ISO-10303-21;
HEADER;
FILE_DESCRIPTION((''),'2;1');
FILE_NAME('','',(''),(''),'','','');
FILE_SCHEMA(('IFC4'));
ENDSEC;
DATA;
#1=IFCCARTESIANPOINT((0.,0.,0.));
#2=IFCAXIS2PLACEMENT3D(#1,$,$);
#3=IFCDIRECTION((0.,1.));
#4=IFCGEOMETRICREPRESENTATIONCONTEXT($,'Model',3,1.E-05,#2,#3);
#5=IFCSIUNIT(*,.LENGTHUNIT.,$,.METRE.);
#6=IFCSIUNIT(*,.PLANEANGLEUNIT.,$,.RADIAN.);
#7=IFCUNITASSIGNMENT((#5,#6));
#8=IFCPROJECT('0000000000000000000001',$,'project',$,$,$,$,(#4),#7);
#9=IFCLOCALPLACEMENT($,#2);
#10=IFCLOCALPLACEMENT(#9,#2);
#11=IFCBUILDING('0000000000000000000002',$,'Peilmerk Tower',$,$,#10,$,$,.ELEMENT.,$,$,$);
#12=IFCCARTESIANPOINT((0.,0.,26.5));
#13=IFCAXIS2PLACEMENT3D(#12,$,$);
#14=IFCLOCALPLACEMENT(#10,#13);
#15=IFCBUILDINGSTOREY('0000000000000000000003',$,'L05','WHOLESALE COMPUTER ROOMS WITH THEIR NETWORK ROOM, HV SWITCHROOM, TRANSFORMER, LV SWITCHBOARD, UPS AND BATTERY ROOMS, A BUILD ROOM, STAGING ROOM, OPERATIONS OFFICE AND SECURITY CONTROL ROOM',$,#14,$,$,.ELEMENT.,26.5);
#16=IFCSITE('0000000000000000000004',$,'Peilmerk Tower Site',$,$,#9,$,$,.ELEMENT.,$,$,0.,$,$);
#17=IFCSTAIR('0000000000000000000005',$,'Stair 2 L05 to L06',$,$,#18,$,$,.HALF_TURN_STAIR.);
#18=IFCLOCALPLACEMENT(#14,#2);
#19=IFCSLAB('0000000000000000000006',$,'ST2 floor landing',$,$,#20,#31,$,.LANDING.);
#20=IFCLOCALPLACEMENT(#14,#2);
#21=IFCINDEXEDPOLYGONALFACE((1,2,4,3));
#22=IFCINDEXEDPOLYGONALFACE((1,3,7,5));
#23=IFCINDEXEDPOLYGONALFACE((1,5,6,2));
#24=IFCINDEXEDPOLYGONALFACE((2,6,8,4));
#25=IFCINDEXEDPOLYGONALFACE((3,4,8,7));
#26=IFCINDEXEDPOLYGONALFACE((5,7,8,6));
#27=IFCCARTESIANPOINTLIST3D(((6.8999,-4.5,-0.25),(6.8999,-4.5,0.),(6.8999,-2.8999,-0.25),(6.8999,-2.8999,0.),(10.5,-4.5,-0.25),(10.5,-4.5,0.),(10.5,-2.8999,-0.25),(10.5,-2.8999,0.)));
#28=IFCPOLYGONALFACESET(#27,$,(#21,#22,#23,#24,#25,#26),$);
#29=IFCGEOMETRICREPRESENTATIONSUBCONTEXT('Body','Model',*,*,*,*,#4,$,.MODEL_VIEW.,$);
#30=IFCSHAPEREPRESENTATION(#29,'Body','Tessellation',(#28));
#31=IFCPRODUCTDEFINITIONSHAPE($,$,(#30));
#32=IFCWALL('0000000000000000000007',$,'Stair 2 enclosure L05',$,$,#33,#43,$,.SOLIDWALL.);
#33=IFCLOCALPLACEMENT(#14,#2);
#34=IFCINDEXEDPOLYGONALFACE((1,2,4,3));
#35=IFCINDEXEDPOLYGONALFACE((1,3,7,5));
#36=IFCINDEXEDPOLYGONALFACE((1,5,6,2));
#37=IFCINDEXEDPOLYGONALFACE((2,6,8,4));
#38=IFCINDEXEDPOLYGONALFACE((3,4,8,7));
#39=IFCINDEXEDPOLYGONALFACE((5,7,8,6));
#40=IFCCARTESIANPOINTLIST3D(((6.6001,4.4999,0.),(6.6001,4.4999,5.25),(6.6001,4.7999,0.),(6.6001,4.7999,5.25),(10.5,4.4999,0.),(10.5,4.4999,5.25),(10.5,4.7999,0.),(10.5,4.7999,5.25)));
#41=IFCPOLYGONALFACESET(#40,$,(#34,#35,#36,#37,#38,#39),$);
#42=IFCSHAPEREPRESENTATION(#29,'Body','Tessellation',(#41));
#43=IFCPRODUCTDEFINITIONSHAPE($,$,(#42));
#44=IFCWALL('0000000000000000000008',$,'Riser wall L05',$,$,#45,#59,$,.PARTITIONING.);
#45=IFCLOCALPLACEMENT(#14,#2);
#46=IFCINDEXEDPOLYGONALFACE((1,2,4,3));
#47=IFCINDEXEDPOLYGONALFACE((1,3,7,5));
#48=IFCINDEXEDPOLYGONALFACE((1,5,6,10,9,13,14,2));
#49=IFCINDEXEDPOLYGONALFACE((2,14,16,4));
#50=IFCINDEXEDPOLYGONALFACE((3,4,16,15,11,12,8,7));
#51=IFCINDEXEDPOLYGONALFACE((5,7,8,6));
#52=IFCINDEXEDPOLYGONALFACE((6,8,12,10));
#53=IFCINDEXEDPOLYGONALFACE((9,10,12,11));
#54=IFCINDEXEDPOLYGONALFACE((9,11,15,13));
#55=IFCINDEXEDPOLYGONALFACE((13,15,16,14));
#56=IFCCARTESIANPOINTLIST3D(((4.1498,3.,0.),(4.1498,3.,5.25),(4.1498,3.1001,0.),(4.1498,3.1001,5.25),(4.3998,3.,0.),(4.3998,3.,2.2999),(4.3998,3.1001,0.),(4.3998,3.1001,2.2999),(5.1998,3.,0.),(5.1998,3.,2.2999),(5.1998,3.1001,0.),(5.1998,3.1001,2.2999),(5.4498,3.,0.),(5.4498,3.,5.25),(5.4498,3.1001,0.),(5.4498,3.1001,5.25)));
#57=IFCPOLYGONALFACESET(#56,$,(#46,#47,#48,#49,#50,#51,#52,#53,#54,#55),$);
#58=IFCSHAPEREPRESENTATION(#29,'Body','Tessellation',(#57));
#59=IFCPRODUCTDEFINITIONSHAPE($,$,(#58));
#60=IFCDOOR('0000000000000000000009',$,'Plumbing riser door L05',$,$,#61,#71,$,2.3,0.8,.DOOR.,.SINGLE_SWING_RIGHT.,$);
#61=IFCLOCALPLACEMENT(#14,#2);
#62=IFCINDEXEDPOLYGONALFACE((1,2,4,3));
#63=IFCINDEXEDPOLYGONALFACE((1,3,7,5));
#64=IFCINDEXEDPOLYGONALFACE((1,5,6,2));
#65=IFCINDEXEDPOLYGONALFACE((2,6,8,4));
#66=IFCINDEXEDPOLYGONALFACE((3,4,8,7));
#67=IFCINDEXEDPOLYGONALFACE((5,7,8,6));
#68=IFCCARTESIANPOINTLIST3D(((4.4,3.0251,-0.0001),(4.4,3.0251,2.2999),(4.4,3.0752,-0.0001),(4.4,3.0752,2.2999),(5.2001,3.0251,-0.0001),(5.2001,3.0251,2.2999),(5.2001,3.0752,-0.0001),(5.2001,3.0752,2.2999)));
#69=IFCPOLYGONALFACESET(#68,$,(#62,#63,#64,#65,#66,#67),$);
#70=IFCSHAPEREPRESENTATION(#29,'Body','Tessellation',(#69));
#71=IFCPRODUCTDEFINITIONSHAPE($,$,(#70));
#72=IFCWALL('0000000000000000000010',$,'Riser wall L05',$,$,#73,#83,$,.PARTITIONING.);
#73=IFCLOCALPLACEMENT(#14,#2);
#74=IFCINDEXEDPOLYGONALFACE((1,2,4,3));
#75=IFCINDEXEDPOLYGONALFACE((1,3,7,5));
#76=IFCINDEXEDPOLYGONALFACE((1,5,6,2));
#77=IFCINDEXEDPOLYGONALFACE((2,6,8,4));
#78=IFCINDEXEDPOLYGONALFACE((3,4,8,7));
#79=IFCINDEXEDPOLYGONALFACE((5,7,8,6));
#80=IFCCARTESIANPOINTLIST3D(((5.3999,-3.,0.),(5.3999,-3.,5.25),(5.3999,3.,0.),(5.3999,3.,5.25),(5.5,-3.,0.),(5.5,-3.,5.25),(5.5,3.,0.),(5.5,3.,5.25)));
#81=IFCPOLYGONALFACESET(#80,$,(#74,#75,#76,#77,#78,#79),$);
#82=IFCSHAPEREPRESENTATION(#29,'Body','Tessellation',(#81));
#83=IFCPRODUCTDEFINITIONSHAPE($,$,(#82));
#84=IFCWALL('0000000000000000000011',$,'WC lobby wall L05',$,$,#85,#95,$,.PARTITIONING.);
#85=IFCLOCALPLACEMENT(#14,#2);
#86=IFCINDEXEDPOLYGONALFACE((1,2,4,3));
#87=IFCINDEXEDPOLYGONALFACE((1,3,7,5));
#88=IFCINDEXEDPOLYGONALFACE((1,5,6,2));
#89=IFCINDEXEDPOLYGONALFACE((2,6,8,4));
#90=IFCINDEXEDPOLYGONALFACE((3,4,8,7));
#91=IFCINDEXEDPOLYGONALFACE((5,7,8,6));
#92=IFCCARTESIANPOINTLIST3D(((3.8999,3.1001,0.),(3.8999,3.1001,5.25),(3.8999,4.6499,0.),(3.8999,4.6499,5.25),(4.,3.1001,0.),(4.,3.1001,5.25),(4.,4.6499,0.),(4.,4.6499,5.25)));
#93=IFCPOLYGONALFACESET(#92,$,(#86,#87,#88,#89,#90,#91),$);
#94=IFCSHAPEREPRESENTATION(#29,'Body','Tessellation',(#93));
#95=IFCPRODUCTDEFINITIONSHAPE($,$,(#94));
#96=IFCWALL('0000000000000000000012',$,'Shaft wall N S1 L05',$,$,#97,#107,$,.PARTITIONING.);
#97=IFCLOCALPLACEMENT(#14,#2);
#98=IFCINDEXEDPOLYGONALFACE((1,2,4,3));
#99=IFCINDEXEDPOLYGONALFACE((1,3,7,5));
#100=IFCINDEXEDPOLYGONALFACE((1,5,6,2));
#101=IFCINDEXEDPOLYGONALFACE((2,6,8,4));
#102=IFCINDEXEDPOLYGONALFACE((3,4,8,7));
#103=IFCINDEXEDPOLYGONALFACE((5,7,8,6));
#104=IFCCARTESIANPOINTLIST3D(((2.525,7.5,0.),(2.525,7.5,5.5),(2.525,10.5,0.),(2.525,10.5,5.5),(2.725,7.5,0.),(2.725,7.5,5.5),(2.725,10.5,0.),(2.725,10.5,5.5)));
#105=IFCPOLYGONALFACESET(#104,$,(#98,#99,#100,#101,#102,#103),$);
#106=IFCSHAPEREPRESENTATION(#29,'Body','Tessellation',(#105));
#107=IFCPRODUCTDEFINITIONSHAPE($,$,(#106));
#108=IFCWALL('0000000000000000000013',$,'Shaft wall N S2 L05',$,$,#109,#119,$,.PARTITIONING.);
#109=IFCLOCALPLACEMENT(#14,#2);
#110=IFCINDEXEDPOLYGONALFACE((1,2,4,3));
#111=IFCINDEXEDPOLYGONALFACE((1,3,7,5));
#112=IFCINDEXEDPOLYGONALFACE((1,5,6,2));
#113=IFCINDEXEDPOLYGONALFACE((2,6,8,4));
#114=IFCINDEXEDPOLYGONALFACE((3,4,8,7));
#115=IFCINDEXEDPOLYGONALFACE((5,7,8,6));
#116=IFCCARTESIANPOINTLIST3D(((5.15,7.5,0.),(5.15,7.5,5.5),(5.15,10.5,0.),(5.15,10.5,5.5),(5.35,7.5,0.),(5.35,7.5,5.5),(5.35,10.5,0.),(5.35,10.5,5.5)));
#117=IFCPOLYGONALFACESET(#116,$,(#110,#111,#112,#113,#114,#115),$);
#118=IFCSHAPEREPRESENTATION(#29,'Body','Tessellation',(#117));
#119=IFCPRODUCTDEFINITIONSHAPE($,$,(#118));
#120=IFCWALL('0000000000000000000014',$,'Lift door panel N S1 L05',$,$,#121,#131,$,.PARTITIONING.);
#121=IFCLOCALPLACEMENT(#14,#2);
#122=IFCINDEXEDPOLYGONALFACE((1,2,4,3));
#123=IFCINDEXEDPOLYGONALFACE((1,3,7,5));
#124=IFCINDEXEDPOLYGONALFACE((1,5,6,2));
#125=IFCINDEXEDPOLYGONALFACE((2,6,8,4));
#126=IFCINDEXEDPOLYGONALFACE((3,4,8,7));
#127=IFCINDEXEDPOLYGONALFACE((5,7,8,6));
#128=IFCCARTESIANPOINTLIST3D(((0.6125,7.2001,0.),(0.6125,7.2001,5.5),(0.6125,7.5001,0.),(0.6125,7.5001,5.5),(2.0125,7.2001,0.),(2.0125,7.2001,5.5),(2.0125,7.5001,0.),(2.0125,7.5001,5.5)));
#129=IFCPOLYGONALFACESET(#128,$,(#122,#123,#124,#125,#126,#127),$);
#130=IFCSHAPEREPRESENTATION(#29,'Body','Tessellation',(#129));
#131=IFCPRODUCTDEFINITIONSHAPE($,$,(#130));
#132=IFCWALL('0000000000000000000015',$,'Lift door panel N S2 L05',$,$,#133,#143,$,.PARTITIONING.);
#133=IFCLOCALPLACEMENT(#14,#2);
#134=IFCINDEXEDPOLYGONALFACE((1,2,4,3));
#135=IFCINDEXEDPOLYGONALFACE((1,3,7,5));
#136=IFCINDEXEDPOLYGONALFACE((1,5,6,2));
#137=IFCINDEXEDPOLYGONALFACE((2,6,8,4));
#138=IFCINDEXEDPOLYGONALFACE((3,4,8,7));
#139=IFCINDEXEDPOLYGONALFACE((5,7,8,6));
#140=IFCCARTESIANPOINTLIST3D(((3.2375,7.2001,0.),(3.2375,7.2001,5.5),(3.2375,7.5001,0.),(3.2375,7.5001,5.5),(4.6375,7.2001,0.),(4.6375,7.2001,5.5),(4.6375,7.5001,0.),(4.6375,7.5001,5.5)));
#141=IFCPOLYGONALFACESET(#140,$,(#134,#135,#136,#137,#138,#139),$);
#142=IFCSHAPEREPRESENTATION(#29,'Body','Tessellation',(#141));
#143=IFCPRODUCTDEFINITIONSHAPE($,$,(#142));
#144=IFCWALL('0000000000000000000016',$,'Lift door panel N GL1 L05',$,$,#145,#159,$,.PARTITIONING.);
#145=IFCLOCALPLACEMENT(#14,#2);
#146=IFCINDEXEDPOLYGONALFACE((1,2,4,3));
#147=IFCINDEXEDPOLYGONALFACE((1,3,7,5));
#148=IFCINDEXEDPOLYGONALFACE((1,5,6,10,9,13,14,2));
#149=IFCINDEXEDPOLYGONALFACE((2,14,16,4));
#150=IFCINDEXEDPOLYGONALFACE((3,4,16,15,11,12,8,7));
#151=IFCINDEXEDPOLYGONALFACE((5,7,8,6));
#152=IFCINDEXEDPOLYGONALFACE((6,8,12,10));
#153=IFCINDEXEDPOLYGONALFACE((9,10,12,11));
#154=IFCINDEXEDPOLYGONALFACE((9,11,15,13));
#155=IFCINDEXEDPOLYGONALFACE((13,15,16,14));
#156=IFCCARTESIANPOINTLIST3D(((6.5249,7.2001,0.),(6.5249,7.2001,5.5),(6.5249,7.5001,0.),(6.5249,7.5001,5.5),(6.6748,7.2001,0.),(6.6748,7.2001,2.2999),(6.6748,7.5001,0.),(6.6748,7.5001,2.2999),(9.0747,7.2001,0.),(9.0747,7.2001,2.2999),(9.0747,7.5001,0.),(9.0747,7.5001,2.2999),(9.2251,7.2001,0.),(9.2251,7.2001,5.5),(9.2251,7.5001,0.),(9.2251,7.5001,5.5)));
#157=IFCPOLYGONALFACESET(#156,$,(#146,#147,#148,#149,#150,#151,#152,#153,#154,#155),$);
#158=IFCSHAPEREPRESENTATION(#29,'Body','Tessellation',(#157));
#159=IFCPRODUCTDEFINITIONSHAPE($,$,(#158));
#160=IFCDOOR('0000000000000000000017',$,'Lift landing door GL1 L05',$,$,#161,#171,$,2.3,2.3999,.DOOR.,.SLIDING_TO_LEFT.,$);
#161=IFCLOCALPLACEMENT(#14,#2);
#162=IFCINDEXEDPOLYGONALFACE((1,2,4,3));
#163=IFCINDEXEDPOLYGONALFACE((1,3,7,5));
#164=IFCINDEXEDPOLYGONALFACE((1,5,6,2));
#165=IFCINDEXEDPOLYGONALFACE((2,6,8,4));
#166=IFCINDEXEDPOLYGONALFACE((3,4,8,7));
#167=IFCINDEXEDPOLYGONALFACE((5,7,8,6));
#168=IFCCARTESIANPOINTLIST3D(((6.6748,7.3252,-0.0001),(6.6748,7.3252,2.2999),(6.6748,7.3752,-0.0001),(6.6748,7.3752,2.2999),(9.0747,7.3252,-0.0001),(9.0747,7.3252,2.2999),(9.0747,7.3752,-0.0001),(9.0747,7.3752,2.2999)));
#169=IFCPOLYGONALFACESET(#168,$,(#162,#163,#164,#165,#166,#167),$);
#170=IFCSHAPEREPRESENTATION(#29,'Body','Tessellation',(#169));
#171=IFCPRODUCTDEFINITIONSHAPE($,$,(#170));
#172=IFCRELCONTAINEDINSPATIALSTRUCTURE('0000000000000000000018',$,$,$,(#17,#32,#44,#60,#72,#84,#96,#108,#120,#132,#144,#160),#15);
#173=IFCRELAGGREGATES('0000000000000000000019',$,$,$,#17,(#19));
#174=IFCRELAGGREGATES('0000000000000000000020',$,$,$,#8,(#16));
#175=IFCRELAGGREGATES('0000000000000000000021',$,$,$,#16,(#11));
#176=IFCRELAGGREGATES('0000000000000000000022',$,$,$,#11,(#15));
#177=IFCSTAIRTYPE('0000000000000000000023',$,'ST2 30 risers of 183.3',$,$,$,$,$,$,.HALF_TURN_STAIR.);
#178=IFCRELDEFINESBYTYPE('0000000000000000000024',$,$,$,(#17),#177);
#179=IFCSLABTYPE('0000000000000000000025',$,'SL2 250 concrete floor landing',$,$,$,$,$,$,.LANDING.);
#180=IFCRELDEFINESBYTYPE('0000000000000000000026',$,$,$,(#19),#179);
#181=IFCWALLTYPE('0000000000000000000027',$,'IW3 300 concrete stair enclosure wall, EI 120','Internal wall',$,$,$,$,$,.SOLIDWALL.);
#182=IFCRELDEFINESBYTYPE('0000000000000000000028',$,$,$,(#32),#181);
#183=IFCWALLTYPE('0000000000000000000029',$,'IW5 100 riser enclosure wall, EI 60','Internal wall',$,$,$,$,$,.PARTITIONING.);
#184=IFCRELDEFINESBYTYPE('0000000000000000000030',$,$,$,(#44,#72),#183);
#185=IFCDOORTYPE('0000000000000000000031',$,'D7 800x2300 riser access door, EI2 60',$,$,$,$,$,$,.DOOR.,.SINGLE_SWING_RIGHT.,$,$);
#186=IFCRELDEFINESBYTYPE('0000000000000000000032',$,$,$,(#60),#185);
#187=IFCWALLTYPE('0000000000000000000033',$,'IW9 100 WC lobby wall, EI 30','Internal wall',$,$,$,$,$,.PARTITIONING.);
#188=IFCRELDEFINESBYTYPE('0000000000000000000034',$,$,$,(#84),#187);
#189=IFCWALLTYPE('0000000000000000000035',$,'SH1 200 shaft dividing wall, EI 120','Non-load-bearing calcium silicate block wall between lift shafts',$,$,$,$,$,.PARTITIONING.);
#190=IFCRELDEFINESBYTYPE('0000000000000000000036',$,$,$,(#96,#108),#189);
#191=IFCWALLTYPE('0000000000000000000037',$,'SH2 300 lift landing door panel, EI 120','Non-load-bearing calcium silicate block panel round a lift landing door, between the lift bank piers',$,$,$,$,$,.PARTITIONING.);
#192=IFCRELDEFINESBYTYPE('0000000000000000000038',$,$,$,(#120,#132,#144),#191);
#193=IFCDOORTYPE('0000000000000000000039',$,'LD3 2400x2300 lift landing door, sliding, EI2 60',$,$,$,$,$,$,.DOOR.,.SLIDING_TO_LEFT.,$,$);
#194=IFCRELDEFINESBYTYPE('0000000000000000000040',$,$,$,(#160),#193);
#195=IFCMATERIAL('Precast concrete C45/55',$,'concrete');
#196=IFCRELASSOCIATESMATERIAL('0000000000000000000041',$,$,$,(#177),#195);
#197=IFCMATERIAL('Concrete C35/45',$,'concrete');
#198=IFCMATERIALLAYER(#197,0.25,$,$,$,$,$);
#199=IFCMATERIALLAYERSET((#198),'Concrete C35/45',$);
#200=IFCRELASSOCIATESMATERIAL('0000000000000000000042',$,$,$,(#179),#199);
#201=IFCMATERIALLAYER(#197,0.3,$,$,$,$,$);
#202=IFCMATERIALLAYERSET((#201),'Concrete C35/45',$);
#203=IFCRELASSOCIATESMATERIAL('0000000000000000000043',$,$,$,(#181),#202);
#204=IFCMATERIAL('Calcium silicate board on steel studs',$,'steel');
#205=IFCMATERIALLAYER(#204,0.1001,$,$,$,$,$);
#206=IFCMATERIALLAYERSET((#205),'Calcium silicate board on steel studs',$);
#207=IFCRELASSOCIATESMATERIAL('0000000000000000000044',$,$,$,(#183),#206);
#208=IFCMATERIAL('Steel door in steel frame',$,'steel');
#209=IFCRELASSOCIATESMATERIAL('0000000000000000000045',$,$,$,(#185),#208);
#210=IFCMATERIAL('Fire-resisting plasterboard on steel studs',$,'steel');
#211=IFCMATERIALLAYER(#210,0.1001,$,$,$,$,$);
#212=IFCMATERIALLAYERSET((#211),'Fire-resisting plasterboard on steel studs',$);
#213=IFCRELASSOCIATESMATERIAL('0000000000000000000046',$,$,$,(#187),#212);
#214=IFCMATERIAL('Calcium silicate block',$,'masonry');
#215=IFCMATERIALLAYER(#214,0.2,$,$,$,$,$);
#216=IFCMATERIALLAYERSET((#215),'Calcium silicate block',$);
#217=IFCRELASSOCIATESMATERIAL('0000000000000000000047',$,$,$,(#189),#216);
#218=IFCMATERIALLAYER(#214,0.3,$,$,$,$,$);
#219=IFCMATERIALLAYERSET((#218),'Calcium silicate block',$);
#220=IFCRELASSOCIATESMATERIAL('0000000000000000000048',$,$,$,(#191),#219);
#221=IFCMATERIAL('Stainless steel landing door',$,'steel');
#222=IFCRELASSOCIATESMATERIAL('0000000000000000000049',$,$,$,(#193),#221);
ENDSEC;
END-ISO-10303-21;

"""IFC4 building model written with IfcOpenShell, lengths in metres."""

from ifc_helpers import new_model, si_unit, direction, frame, frame_2d, origin, place, context, subcontext, project, spatial, polyline, rectangle, outline, extrude, material, layer, layer_set, type_object, element, fill, aggregate, save


model = new_model("IFC4")

# Units and contexts
model_context = context("Model", 3, precision=1e-05, world=origin(), true_north=direction((0.0, 1.0)))
body_context = subcontext(model_context, "Body", "Model", "MODEL_VIEW")
ifc_project = project(units=[si_unit("LENGTHUNIT", "METRE"), si_unit("PLANEANGLEUNIT", "RADIAN")], contexts=[model_context])

# Site, building, storey
site_placement = place(None, origin())
site = spatial("IfcSite", under=ifc_project, at=site_placement, Name="Peilmerk Tower Site", CompositionType="ELEMENT", RefElevation=0.0)
building_placement = place(site_placement, origin())
building = spatial("IfcBuilding", under=site, at=building_placement, Name="Peilmerk Tower", CompositionType="ELEMENT")
storey_placement = place(building_placement, frame((0.0, 0.0, 26.5)))
storey = spatial("IfcBuildingStorey", under=building, at=storey_placement, Name="L05", Description="WHOLESALE COMPUTER ROOMS WITH THEIR NETWORK ROOM, HV SWITCHROOM, TRANSFORMER, LV SWITCHBOARD, UPS AND BATTERY ROOMS, A BUILD ROOM, STAGING ROOM, OPERATIONS OFFICE AND SECURITY CONTROL ROOM", CompositionType="ELEMENT", Elevation=26.5)

# Stair, slab
ifc_material_1 = material(Name="Precast concrete C45/55", Category="concrete")
stair_type = type_object("IfcStairType", Name="ST2 30 risers of 183.3", PredefinedType="HALF_TURN_STAIR", material=ifc_material_1)
stair_placement = place(storey_placement, origin())
stair = element("IfcStair", 1, at=stair_placement, inside=storey, type_object=stair_type, Name="Stair 2 L05 to L06", PredefinedType="HALF_TURN_STAIR")
ifc_material_2 = material(Name="Concrete C35/45", Category="concrete")
ifc_layer_1 = layer(ifc_material_2, 0.25)
ifc_layer_set_1 = layer_set([ifc_layer_1], Name="Concrete C35/45")
slab_type = type_object("IfcSlabType", Name="SL2 250 concrete floor landing", PredefinedType="LANDING", material=ifc_layer_set_1)
slab_placement = place(storey_placement, frame((0.0, 0.0, -0.25)))
slab = element("IfcSlab", 2, at=slab_placement, type_object=slab_type, Name="ST2 floor landing", PredefinedType="LANDING", context=body_context, shape_type="SweptSolid", body=[
    extrude(outline(polyline([(6.8999, -4.5), (10.5, -4.5), (10.5, -2.8999), (6.8999, -2.8999), (6.8999, -4.5)])), origin(), (0.0, 0.0, 1.0), 0.25),
])

# Wall
ifc_layer_2 = layer(ifc_material_2, 0.3)
ifc_layer_set_2 = layer_set([ifc_layer_2], Name="Concrete C35/45")
wall_type_1 = type_object("IfcWallType", Name="IW3 300 concrete stair enclosure wall, EI 120", Description="Internal wall", PredefinedType="SOLIDWALL", material=ifc_layer_set_2)
wall_1_placement = place(storey_placement, frame((6.6001, 4.6499, 0.0), z_axis=(0.0, 0.0, 1.0), x_axis=(1.0, 0.0, 0.0)))
element("IfcWall", 3, at=wall_1_placement, inside=storey, type_object=wall_type_1, Name="Stair 2 enclosure L05", PredefinedType="SOLIDWALL", context=body_context, shape_type="SweptSolid", body=[
    extrude(rectangle(XDim=3.8999, YDim=0.3, at=frame_2d((1.95, 0.0))), origin(), (0.0, 0.0, 1.0), 5.25),
])

# Wall, opening, door
ifc_material_3 = material(Name="Calcium silicate board on steel studs", Category="steel")
ifc_layer_3 = layer(ifc_material_3, 0.1001)
ifc_layer_set_3 = layer_set([ifc_layer_3], Name="Calcium silicate board on steel studs")
wall_type_2 = type_object("IfcWallType", Name="IW5 100 riser enclosure wall, EI 60", Description="Internal wall", PredefinedType="PARTITIONING", material=ifc_layer_set_3)
wall_2_placement = place(storey_placement, frame((4.1499, 3.05, 0.0), z_axis=(0.0, 0.0, 1.0), x_axis=(1.0, 0.0, 0.0)))
wall_2 = element("IfcWall", 4, at=wall_2_placement, inside=storey, type_object=wall_type_2, Name="Riser wall L05", PredefinedType="PARTITIONING", context=body_context, shape_type="SweptSolid", body=[
    extrude(rectangle(XDim=1.3, YDim=0.1001, at=frame_2d((0.6499, 0.0))), origin(), (0.0, 0.0, 1.0), 5.25),
])
opening_1_placement = place(wall_2_placement, frame((0.25, 0.0, 0.0)))
opening_1 = element("IfcOpeningElement", 5, at=opening_1_placement, cuts=wall_2, PredefinedType="OPENING", context=body_context, shape_type="SweptSolid", body=[
    extrude(rectangle(XDim=0.8, YDim=2.3, at=frame_2d((0.3999, 1.1499))), frame((0.0, 0.0601, 0.0), z_axis=(0.0, -1.0, 0.0), x_axis=(1.0, 0.0, 0.0)), (0.0, 0.0, 1.0), 0.1201),
])
ifc_material_4 = material(Name="Steel door in steel frame", Category="steel")
door_type_1 = type_object("IfcDoorType", Name="D7 800x2300 riser access door, EI2 60", OperationType="SINGLE_SWING_RIGHT", PredefinedType="DOOR", material=ifc_material_4)
door_1_placement = place(opening_1_placement, frame((0.8, 0.0, 0.0), z_axis=(0.0, 0.0, 1.0), x_axis=(-1.0, 0.0, 0.0)))
door_1 = element("IfcDoor", 6, at=door_1_placement, inside=storey, type_object=door_type_1, Name="Plumbing riser door L05", OperationType="SINGLE_SWING_RIGHT", OverallHeight=2.3, OverallWidth=0.8, PredefinedType="DOOR", context=body_context, shape_type="SweptSolid", body=[
    extrude(rectangle(XDim=0.8, YDim=2.3, at=frame_2d((0.3999, 1.1499))), frame((0.0, 0.0249, 0.0), z_axis=(0.0, -1.0, 0.0), x_axis=(1.0, 0.0, 0.0)), (0.0, 0.0, 1.0), 0.05),
])
fill(opening_1, door_1)

# Walls
wall_3_placement = place(storey_placement, frame((5.45, 3.0, 0.0), z_axis=(0.0, 0.0, 1.0), x_axis=(0.0, -1.0, 0.0)))
element("IfcWall", 7, at=wall_3_placement, inside=storey, type_object=wall_type_2, Name="Riser wall L05", PredefinedType="PARTITIONING", context=body_context, shape_type="SweptSolid", body=[
    extrude(rectangle(XDim=6.0, YDim=0.1001, at=frame_2d((3.0, 0.0))), origin(), (0.0, 0.0, 1.0), 5.25),
])
ifc_material_5 = material(Name="Fire-resisting plasterboard on steel studs", Category="steel")
ifc_layer_4 = layer(ifc_material_5, 0.1001)
ifc_layer_set_4 = layer_set([ifc_layer_4], Name="Fire-resisting plasterboard on steel studs")
wall_type_3 = type_object("IfcWallType", Name="IW9 100 WC lobby wall, EI 30", Description="Internal wall", PredefinedType="PARTITIONING", material=ifc_layer_set_4)
wall_4_placement = place(storey_placement, frame((3.95, 3.1001, 0.0), z_axis=(0.0, 0.0, 1.0), x_axis=(0.0, 1.0, 0.0)))
element("IfcWall", 8, at=wall_4_placement, inside=storey, type_object=wall_type_3, Name="WC lobby wall L05", PredefinedType="PARTITIONING", context=body_context, shape_type="SweptSolid", body=[
    extrude(rectangle(XDim=1.5498, YDim=0.1001, at=frame_2d((0.7749, 0.0))), origin(), (0.0, 0.0, 1.0), 5.25),
])
ifc_material_6 = material(Name="Calcium silicate block", Category="masonry")
ifc_layer_5 = layer(ifc_material_6, 0.2)
ifc_layer_set_5 = layer_set([ifc_layer_5], Name="Calcium silicate block")
wall_type_4 = type_object("IfcWallType", Name="SH1 200 shaft dividing wall, EI 120", Description="Non-load-bearing calcium silicate block wall between lift shafts", PredefinedType="PARTITIONING", material=ifc_layer_set_5)
for number, where, z_axis, x_axis, name in (
    (9, (2.625, 7.5, 0.0), (0.0, 0.0, 1.0), (0.0, 1.0, 0.0), "Shaft wall N S1 L05"),
    (10, (5.25, 7.5, 0.0), (0.0, 0.0, 1.0), (0.0, 1.0, 0.0), "Shaft wall N S2 L05"),
):
    element("IfcWall", number, at=place(storey_placement, frame(where, z_axis=z_axis, x_axis=x_axis)), inside=storey, type_object=wall_type_4, Name=name, PredefinedType="PARTITIONING", context=body_context, shape_type="SweptSolid", body=[
        extrude(rectangle(XDim=3.0, YDim=0.2, at=frame_2d((1.5, 0.0))), origin(), (0.0, 0.0, 1.0), 5.5),
    ])
ifc_layer_6 = layer(ifc_material_6, 0.3)
ifc_layer_set_6 = layer_set([ifc_layer_6], Name="Calcium silicate block")
wall_type_5 = type_object("IfcWallType", Name="SH2 300 lift landing door panel, EI 120", Description="Non-load-bearing calcium silicate block panel round a lift landing door, between the lift bank piers", PredefinedType="PARTITIONING", material=ifc_layer_set_6)
for number, where, z_axis, x_axis, name in (
    (11, (0.6125, 7.3501, 0.0), (0.0, 0.0, 1.0), (1.0, 0.0, 0.0), "Lift door panel N S1 L05"),
    (12, (3.2375, 7.3501, 0.0), (0.0, 0.0, 1.0), (1.0, 0.0, 0.0), "Lift door panel N S2 L05"),
):
    element("IfcWall", number, at=place(storey_placement, frame(where, z_axis=z_axis, x_axis=x_axis)), inside=storey, type_object=wall_type_5, Name=name, PredefinedType="PARTITIONING", context=body_context, shape_type="SweptSolid", body=[
        extrude(rectangle(XDim=1.3999, YDim=0.3, at=frame_2d((0.7, 0.0))), origin(), (0.0, 0.0, 1.0), 5.5),
    ])

# Wall, opening, door
wall_5_placement = place(storey_placement, frame((6.5249, 7.3501, 0.0), z_axis=(0.0, 0.0, 1.0), x_axis=(1.0, 0.0, 0.0)))
wall_5 = element("IfcWall", 13, at=wall_5_placement, inside=storey, type_object=wall_type_5, Name="Lift door panel N GL1 L05", PredefinedType="PARTITIONING", context=body_context, shape_type="SweptSolid", body=[
    extrude(rectangle(XDim=2.7002, YDim=0.3, at=frame_2d((1.3501, 0.0))), origin(), (0.0, 0.0, 1.0), 5.5),
])
opening_2_placement = place(wall_5_placement, frame((0.1499, 0.0, 0.0)))
opening_2 = element("IfcOpeningElement", 14, at=opening_2_placement, cuts=wall_5, PredefinedType="OPENING", context=body_context, shape_type="SweptSolid", body=[
    extrude(rectangle(XDim=2.3999, YDim=2.3, at=frame_2d((1.2, 1.1499))), frame((0.0, 0.1599, 0.0), z_axis=(0.0, -1.0, 0.0), x_axis=(1.0, 0.0, 0.0)), (0.0, 0.0, 1.0), 0.3201),
])
ifc_material_7 = material(Name="Stainless steel landing door", Category="steel")
door_type_2 = type_object("IfcDoorType", Name="LD3 2400x2300 lift landing door, sliding, EI2 60", OperationType="SLIDING_TO_LEFT", PredefinedType="DOOR", material=ifc_material_7)
door_2_placement = place(opening_2_placement, frame((2.3999, 0.0, 0.0), z_axis=(0.0, 0.0, 1.0), x_axis=(-1.0, 0.0, 0.0)))
door_2 = element("IfcDoor", 15, at=door_2_placement, inside=storey, type_object=door_type_2, Name="Lift landing door GL1 L05", OperationType="SLIDING_TO_LEFT", OverallHeight=2.3, OverallWidth=2.3999, PredefinedType="DOOR", context=body_context, shape_type="SweptSolid", body=[
    extrude(rectangle(XDim=2.3999, YDim=2.3, at=frame_2d((1.2, 1.1499))), frame((0.0, 0.0249, 0.0), z_axis=(0.0, -1.0, 0.0), x_axis=(1.0, 0.0, 0.0)), (0.0, 0.0, 1.0), 0.05),
])
fill(opening_2, door_2)

aggregate(stair, [slab])

save(model, "model.ifc")
